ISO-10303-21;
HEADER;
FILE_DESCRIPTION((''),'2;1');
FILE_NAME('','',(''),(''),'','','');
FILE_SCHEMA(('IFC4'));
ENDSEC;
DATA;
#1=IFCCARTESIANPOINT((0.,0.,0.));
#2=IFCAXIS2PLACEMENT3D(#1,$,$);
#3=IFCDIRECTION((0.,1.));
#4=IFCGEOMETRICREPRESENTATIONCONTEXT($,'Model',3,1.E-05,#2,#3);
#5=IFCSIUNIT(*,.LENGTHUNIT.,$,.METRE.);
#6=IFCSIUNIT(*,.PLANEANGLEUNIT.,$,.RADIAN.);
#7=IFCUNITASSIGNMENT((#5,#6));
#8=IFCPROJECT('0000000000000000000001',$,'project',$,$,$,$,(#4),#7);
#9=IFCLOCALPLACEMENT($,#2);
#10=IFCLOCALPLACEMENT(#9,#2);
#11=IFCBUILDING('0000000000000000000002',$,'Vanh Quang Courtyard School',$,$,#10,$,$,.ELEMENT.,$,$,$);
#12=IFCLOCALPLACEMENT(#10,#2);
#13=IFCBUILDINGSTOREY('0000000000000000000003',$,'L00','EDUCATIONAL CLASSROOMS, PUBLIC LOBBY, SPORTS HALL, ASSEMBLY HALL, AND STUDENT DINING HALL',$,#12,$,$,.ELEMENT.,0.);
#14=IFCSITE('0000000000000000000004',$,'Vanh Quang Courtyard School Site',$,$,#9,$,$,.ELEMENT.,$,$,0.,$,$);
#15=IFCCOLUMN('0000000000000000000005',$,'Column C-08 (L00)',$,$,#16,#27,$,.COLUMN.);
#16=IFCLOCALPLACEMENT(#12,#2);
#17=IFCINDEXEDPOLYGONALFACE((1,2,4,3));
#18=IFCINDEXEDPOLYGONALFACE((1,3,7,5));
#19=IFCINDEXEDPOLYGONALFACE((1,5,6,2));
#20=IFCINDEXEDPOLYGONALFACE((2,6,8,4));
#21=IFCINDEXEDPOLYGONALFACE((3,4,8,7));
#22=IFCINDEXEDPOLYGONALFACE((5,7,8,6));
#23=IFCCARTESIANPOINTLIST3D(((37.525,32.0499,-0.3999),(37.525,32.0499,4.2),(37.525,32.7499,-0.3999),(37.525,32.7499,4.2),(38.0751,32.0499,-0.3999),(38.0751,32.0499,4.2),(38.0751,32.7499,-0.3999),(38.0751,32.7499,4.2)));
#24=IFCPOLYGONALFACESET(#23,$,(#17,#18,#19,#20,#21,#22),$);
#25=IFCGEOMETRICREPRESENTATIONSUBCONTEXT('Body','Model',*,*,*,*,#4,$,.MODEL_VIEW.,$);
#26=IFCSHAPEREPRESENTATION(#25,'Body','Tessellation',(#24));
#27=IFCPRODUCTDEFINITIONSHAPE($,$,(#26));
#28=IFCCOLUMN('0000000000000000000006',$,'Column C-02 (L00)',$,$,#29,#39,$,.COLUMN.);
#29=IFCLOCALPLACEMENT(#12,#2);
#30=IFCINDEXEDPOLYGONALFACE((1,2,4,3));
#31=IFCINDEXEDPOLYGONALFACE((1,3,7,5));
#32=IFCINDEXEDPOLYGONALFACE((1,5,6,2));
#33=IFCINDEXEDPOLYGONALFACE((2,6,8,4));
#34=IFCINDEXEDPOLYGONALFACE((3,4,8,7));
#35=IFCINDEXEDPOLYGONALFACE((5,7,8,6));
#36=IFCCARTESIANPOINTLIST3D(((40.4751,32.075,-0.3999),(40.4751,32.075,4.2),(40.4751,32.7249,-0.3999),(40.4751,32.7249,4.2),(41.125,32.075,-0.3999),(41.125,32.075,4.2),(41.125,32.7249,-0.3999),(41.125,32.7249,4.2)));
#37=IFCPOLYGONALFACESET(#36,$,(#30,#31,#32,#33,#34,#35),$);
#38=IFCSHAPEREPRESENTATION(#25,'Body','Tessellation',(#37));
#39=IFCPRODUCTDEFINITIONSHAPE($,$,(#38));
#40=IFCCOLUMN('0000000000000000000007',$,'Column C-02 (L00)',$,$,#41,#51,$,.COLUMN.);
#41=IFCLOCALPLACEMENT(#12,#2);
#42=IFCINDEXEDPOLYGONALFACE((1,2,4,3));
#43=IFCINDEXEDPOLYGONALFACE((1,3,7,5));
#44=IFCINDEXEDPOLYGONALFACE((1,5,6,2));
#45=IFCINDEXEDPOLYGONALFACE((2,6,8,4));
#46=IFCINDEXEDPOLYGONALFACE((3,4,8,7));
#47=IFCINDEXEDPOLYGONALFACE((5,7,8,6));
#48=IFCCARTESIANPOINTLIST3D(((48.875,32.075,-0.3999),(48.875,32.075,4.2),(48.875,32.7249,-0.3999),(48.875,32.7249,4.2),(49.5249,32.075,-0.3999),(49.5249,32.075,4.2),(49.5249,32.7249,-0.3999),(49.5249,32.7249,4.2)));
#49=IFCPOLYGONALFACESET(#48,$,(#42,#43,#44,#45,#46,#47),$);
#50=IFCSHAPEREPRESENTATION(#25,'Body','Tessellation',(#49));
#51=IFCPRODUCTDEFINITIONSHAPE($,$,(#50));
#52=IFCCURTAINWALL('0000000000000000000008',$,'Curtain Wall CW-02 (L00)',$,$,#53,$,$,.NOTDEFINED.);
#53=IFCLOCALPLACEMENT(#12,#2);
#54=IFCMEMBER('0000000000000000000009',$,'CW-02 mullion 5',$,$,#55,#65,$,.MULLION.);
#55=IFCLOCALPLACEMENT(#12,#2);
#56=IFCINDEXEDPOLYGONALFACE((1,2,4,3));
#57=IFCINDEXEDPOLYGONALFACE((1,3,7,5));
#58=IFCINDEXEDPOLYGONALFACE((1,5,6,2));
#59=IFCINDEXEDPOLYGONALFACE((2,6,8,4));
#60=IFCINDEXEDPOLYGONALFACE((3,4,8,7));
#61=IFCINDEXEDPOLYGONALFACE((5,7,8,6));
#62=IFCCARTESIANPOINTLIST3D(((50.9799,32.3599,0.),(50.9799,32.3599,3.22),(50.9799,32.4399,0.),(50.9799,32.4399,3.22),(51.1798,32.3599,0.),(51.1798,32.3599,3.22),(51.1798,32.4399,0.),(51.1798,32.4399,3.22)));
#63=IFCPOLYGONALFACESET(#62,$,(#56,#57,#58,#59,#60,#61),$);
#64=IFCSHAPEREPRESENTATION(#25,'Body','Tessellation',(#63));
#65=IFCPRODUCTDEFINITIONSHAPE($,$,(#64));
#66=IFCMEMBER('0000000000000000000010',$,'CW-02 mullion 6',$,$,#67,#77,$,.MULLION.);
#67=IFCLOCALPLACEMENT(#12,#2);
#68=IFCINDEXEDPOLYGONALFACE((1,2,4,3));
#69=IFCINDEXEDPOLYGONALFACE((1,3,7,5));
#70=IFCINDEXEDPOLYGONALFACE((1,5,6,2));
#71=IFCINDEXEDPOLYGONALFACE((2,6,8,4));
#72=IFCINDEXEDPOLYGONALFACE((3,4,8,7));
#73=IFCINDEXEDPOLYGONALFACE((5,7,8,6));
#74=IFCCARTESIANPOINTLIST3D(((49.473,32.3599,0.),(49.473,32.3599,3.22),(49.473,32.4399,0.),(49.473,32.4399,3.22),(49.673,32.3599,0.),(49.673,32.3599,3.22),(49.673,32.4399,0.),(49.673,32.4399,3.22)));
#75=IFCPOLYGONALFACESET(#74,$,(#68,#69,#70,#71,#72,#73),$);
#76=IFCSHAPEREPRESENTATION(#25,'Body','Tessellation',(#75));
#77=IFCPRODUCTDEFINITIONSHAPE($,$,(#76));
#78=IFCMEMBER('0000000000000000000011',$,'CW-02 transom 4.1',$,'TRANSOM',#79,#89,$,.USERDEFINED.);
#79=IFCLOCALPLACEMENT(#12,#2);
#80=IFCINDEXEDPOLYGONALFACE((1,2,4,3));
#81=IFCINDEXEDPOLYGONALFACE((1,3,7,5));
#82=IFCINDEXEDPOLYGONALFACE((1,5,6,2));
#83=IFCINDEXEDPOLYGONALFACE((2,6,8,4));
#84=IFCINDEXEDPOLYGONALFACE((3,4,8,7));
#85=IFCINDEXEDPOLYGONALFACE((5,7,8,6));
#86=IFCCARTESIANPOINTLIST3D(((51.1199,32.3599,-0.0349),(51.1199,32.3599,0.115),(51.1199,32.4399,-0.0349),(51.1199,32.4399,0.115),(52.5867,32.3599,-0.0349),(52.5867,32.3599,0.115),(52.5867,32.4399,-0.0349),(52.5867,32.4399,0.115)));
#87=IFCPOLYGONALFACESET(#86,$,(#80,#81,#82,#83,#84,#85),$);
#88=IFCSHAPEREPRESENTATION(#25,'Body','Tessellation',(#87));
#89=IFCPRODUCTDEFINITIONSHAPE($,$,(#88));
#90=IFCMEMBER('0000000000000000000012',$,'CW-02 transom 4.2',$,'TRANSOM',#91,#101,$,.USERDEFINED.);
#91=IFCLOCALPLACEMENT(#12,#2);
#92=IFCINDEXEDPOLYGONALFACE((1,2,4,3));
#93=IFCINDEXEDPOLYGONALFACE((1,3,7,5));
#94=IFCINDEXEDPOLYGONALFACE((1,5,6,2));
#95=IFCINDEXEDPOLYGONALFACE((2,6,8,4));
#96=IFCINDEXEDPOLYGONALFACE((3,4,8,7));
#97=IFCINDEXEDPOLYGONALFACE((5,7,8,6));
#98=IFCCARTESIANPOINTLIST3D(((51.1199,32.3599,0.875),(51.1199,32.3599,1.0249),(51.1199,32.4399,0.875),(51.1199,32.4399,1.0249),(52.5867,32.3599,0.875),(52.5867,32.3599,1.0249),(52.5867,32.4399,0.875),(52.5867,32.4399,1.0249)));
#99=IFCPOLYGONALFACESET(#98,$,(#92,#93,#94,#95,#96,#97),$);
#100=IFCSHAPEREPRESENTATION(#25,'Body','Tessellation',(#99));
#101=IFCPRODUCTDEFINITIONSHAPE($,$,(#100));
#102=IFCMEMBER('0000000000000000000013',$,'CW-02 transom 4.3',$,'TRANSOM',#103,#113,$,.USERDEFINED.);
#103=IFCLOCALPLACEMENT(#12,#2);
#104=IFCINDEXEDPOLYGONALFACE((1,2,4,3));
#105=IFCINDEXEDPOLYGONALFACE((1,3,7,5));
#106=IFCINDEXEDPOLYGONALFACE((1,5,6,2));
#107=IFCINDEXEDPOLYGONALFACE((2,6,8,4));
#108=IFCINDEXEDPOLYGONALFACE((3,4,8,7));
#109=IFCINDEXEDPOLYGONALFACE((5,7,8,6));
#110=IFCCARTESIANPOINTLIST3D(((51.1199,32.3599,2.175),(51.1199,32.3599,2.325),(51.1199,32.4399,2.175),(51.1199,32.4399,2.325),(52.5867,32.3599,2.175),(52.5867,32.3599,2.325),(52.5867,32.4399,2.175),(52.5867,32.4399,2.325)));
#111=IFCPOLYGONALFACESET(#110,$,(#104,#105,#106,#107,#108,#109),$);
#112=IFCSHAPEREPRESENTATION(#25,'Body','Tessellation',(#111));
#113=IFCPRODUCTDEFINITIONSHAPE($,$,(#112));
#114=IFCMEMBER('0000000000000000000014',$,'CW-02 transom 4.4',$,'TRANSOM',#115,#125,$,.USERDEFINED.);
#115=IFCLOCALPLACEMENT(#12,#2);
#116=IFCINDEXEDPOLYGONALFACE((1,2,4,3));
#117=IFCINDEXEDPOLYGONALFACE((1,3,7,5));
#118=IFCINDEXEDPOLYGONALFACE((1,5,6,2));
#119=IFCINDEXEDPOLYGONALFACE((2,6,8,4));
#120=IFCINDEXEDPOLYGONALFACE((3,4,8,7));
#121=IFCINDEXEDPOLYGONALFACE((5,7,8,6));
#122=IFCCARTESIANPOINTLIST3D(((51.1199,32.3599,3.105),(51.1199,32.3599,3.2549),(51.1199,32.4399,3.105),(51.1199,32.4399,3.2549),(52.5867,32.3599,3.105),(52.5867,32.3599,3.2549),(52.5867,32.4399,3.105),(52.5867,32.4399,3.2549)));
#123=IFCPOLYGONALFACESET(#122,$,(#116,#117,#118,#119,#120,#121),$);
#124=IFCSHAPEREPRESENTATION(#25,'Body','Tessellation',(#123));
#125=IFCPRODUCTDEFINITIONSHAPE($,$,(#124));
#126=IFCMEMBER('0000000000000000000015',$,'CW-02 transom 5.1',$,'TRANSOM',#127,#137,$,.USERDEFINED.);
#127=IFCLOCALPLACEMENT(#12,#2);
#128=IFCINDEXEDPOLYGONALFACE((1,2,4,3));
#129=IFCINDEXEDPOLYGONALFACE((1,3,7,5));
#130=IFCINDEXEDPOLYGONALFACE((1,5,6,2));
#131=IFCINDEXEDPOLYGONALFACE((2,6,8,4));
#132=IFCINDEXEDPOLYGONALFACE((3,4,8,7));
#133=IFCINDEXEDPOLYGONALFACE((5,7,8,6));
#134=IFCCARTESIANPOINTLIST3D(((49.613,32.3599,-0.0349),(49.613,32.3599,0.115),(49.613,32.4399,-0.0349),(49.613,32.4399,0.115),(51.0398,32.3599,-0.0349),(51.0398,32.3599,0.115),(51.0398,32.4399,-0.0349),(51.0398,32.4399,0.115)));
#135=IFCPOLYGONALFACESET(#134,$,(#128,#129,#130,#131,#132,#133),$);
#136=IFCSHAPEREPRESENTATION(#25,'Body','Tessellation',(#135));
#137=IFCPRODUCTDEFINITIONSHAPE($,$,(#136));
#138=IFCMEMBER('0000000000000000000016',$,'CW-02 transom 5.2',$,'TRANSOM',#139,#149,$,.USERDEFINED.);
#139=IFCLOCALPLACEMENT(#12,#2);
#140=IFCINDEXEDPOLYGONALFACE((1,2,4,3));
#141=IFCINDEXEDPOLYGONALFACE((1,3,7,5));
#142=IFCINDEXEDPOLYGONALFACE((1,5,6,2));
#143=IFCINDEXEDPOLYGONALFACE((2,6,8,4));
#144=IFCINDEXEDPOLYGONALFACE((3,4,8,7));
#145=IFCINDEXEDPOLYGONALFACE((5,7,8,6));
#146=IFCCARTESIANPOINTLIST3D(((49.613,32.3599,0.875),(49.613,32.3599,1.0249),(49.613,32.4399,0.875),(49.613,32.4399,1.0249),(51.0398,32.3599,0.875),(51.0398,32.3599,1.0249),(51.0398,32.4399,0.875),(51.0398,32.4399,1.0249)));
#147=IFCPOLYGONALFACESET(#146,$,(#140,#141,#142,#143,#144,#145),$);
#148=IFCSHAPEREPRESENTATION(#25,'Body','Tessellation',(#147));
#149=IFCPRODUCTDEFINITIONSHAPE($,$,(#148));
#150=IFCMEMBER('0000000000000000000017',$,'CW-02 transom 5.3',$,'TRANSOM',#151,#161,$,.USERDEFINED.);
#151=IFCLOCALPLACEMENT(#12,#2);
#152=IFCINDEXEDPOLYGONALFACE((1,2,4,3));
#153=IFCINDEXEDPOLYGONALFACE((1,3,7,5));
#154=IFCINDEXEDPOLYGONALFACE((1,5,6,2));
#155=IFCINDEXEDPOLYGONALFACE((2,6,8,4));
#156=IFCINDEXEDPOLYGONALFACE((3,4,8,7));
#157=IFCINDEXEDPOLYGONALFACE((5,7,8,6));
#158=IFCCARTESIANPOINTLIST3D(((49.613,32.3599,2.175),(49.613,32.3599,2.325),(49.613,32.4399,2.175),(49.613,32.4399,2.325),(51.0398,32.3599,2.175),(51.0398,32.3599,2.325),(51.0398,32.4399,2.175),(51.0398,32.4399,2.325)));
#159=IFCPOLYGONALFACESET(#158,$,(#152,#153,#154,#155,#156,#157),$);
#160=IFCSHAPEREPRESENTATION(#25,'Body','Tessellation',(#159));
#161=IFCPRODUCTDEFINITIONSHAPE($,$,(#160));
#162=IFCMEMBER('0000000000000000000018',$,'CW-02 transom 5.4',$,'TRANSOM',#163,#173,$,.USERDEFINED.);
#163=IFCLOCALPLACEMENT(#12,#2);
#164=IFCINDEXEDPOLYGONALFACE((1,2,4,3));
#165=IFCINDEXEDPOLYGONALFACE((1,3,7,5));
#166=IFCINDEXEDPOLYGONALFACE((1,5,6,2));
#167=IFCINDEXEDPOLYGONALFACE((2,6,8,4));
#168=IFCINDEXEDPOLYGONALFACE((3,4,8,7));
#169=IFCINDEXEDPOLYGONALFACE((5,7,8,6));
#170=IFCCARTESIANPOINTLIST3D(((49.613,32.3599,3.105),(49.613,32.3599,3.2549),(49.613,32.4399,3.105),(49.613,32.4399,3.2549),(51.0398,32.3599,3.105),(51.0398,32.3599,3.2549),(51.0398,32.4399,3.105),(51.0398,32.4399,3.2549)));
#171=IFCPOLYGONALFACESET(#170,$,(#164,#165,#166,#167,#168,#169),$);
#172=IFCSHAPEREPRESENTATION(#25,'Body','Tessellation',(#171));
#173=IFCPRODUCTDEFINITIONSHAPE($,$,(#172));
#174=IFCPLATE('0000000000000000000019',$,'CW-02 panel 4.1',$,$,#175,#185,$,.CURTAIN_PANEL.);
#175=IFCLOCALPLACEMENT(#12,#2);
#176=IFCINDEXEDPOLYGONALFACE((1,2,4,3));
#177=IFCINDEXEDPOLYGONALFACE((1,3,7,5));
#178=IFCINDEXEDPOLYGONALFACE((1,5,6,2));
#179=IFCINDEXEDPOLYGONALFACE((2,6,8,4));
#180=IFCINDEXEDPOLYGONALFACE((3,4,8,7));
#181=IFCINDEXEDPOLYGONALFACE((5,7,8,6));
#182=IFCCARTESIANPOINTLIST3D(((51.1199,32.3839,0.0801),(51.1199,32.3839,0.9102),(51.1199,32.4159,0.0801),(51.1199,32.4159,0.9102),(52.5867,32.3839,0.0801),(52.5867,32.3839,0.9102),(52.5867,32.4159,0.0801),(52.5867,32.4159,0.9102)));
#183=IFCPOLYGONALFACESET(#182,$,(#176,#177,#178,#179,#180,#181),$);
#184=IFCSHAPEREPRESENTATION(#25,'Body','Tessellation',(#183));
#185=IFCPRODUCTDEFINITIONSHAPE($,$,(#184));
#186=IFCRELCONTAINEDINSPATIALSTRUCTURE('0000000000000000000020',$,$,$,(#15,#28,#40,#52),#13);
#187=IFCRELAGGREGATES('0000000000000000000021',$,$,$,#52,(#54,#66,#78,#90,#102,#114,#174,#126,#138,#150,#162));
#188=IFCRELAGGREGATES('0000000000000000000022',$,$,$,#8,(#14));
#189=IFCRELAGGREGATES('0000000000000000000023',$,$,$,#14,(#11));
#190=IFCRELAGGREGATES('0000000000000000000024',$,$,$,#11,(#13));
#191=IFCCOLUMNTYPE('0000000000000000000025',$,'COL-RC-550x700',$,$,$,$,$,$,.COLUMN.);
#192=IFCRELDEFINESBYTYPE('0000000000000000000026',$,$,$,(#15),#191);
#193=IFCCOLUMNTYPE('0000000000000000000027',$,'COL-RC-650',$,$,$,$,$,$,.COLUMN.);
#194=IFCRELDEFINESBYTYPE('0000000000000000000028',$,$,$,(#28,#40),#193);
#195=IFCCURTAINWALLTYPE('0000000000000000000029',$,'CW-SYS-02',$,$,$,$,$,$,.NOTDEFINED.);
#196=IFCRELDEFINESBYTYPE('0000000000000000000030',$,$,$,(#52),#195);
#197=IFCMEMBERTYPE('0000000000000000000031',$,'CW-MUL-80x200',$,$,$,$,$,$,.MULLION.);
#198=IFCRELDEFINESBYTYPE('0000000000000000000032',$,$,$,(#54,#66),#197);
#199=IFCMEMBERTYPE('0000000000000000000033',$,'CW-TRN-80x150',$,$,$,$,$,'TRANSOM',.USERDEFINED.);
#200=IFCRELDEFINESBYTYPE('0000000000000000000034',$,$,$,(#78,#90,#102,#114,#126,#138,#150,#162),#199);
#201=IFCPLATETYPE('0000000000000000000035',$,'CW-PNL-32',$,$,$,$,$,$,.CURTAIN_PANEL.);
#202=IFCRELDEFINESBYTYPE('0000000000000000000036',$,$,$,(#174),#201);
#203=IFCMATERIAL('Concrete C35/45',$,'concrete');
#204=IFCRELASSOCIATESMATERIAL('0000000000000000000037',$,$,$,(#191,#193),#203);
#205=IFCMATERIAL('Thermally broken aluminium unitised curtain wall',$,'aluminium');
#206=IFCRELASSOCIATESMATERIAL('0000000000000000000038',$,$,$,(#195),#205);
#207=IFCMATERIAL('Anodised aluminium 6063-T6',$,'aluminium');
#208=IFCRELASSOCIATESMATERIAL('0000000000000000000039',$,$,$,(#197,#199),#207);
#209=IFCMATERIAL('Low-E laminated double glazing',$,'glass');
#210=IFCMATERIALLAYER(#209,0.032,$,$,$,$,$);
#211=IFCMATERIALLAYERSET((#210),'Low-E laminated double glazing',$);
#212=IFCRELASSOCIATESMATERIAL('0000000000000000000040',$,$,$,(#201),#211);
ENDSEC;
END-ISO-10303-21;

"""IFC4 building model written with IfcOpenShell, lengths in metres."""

from ifc_helpers import new_model, si_unit, direction, frame, origin, origin_2d, place, context, subcontext, project, spatial, rectangle, extrude, material, layer, layer_set, material_profile, profile_set, type_object, element, aggregate, save


model = new_model("IFC4")

# Units and contexts
model_context = context("Model", 3, precision=1e-05, world=origin(), true_north=direction((0.0, 1.0)))
body_context = subcontext(model_context, "Body", "Model", "MODEL_VIEW")
ifc_project = project(units=[si_unit("LENGTHUNIT", "METRE"), si_unit("PLANEANGLEUNIT", "RADIAN")], contexts=[model_context])

# Site, building, storey
site_placement = place(None, origin())
site = spatial("IfcSite", under=ifc_project, at=site_placement, Name="Vanh Quang Courtyard School Site", CompositionType="ELEMENT", RefElevation=0.0)
building_placement = place(site_placement, origin())
building = spatial("IfcBuilding", under=site, at=building_placement, Name="Vanh Quang Courtyard School", CompositionType="ELEMENT")
storey_placement = place(building_placement, origin())
storey = spatial("IfcBuildingStorey", under=building, at=storey_placement, Name="L00", Description="EDUCATIONAL CLASSROOMS, PUBLIC LOBBY, SPORTS HALL, ASSEMBLY HALL, AND STUDENT DINING HALL", CompositionType="ELEMENT", Elevation=0.0)

# Shared definitions
ifc_material_1 = material(Name="Concrete C35/45", Category="concrete")

# Columns
ifc_material_profile_1 = material_profile(ifc_material_1, rectangle(XDim=0.55, YDim=0.7, at=origin_2d()), Name="RC-COL 550x700")
ifc_profile_set_1 = profile_set([ifc_material_profile_1], Name="Concrete C35/45")
column_type_1 = type_object("IfcColumnType", Name="COL-RC-550x700", PredefinedType="COLUMN", material=ifc_profile_set_1)
column_placement = place(storey_placement, frame((37.8, 32.3999, -0.3999), z_axis=(0.0, 0.0, 1.0), x_axis=(1.0, 0.0, 0.0)))
element("IfcColumn", 1, at=column_placement, inside=storey, type_object=column_type_1, Name="Column C-08 (L00)", PredefinedType="COLUMN", context=body_context, shape_type="SweptSolid", body=[
    extrude(rectangle(XDim=0.55, YDim=0.7, at=origin_2d()), origin(), (0.0, 0.0, 1.0), 4.5999),
])
ifc_material_profile_2 = material_profile(ifc_material_1, rectangle(XDim=0.6499, YDim=0.6499, at=origin_2d()), Name="RC-COL 650x650")
ifc_profile_set_2 = profile_set([ifc_material_profile_2], Name="Concrete C35/45")
column_type_2 = type_object("IfcColumnType", Name="COL-RC-650", PredefinedType="COLUMN", material=ifc_profile_set_2)
for number, where, z_axis, x_axis, name in (
    (2, (40.8, 32.3999, -0.3999), (0.0, 0.0, 1.0), (1.0, 0.0, 0.0), "Column C-02 (L00)"),
    (3, (49.2, 32.3999, -0.3999), (0.0, 0.0, 1.0), (1.0, 0.0, 0.0), "Column C-02 (L00)"),
):
    element("IfcColumn", number, at=place(storey_placement, frame(where, z_axis=z_axis, x_axis=x_axis)), inside=storey, type_object=column_type_2, Name=name, PredefinedType="COLUMN", context=body_context, shape_type="SweptSolid", body=[
        extrude(rectangle(XDim=0.6499, YDim=0.6499, at=origin_2d()), origin(), (0.0, 0.0, 1.0), 4.5999),
    ])

# Curtain wall, members, plate
ifc_material_2 = material(Name="Thermally broken aluminium unitised curtain wall", Category="aluminium")
curtain_wall_type = type_object("IfcCurtainWallType", Name="CW-SYS-02", PredefinedType="NOTDEFINED", material=ifc_material_2)
curtain_wall_placement = place(storey_placement, origin())
curtain_wall = element("IfcCurtainWall", 4, at=curtain_wall_placement, inside=storey, type_object=curtain_wall_type, Name="Curtain Wall CW-02 (L00)", PredefinedType="NOTDEFINED")
ifc_material_3 = material(Name="Anodised aluminium 6063-T6", Category="aluminium")
ifc_material_profile_3 = material_profile(ifc_material_3, rectangle(XDim=0.0801, YDim=0.2, at=origin_2d()), Name="ALU-MUL 80x200")
ifc_profile_set_3 = profile_set([ifc_material_profile_3], Name="Anodised aluminium 6063-T6")
member_type_1 = type_object("IfcMemberType", Name="CW-MUL-80x200", PredefinedType="MULLION", material=ifc_profile_set_3)
member_1_placement = place(storey_placement, frame((51.0798, 32.3999, 0.0), z_axis=(0.0, 0.0, 1.0), x_axis=(0.0, -1.0, 0.0)))
member_1 = element("IfcMember", 5, at=member_1_placement, type_object=member_type_1, Name="CW-02 mullion 5", PredefinedType="MULLION", context=body_context, shape_type="SweptSolid", body=[
    extrude(rectangle(XDim=0.0801, YDim=0.2, at=origin_2d()), origin(), (0.0, 0.0, 1.0), 3.22),
])
member_2_placement = place(storey_placement, frame((49.573, 32.3999, 0.0), z_axis=(0.0, 0.0, 1.0), x_axis=(0.0, -1.0, 0.0)))
member_2 = element("IfcMember", 6, at=member_2_placement, type_object=member_type_1, Name="CW-02 mullion 6", PredefinedType="MULLION", context=body_context, shape_type="SweptSolid", body=[
    extrude(rectangle(XDim=0.0801, YDim=0.2, at=origin_2d()), origin(), (0.0, 0.0, 1.0), 3.22),
])
ifc_material_profile_4 = material_profile(ifc_material_3, rectangle(XDim=0.0801, YDim=0.1499, at=origin_2d()), Name="ALU-TRN 80x150")
ifc_profile_set_4 = profile_set([ifc_material_profile_4], Name="Anodised aluminium 6063-T6")
member_type_2 = type_object("IfcMemberType", Name="CW-TRN-80x150", ElementType="TRANSOM", PredefinedType="USERDEFINED", material=ifc_profile_set_4)
member_3_placement = place(storey_placement, frame((52.5867, 32.3999, 0.04), z_axis=(-1.0, 0.0, 0.0), x_axis=(0.0, -1.0, 0.0)))
member_3 = element("IfcMember", 7, at=member_3_placement, type_object=member_type_2, Name="CW-02 transom 4.1", ObjectType="TRANSOM", PredefinedType="USERDEFINED", context=body_context, shape_type="SweptSolid", body=[
    extrude(rectangle(XDim=0.0801, YDim=0.1499, at=origin_2d()), origin(), (0.0, 0.0, 1.0), 1.4668),
])
member_4_placement = place(storey_placement, frame((52.5867, 32.3999, 0.95), z_axis=(-1.0, 0.0, 0.0), x_axis=(0.0, -1.0, 0.0)))
member_4 = element("IfcMember", 8, at=member_4_placement, type_object=member_type_2, Name="CW-02 transom 4.2", ObjectType="TRANSOM", PredefinedType="USERDEFINED", context=body_context, shape_type="SweptSolid", body=[
    extrude(rectangle(XDim=0.0801, YDim=0.1499, at=origin_2d()), origin(), (0.0, 0.0, 1.0), 1.4668),
])
member_5_placement = place(storey_placement, frame((52.5867, 32.3999, 2.25), z_axis=(-1.0, 0.0, 0.0), x_axis=(0.0, -1.0, 0.0)))
member_5 = element("IfcMember", 9, at=member_5_placement, type_object=member_type_2, Name="CW-02 transom 4.3", ObjectType="TRANSOM", PredefinedType="USERDEFINED", context=body_context, shape_type="SweptSolid", body=[
    extrude(rectangle(XDim=0.0801, YDim=0.1499, at=origin_2d()), origin(), (0.0, 0.0, 1.0), 1.4668),
])
member_6_placement = place(storey_placement, frame((52.5867, 32.3999, 3.1799), z_axis=(-1.0, 0.0, 0.0), x_axis=(0.0, -1.0, 0.0)))
member_6 = element("IfcMember", 10, at=member_6_placement, type_object=member_type_2, Name="CW-02 transom 4.4", ObjectType="TRANSOM", PredefinedType="USERDEFINED", context=body_context, shape_type="SweptSolid", body=[
    extrude(rectangle(XDim=0.0801, YDim=0.1499, at=origin_2d()), origin(), (0.0, 0.0, 1.0), 1.4668),
])
member_7_placement = place(storey_placement, frame((51.0398, 32.3999, 0.04), z_axis=(-1.0, 0.0, 0.0), x_axis=(0.0, -1.0, 0.0)))
member_7 = element("IfcMember", 11, at=member_7_placement, type_object=member_type_2, Name="CW-02 transom 5.1", ObjectType="TRANSOM", PredefinedType="USERDEFINED", context=body_context, shape_type="SweptSolid", body=[
    extrude(rectangle(XDim=0.0801, YDim=0.1499, at=origin_2d()), origin(), (0.0, 0.0, 1.0), 1.4268),
])
member_8_placement = place(storey_placement, frame((51.0398, 32.3999, 0.95), z_axis=(-1.0, 0.0, 0.0), x_axis=(0.0, -1.0, 0.0)))
member_8 = element("IfcMember", 12, at=member_8_placement, type_object=member_type_2, Name="CW-02 transom 5.2", ObjectType="TRANSOM", PredefinedType="USERDEFINED", context=body_context, shape_type="SweptSolid", body=[
    extrude(rectangle(XDim=0.0801, YDim=0.1499, at=origin_2d()), origin(), (0.0, 0.0, 1.0), 1.4268),
])
member_9_placement = place(storey_placement, frame((51.0398, 32.3999, 2.25), z_axis=(-1.0, 0.0, 0.0), x_axis=(0.0, -1.0, 0.0)))
member_9 = element("IfcMember", 13, at=member_9_placement, type_object=member_type_2, Name="CW-02 transom 5.3", ObjectType="TRANSOM", PredefinedType="USERDEFINED", context=body_context, shape_type="SweptSolid", body=[
    extrude(rectangle(XDim=0.0801, YDim=0.1499, at=origin_2d()), origin(), (0.0, 0.0, 1.0), 1.4268),
])
member_10_placement = place(storey_placement, frame((51.0398, 32.3999, 3.1799), z_axis=(-1.0, 0.0, 0.0), x_axis=(0.0, -1.0, 0.0)))
member_10 = element("IfcMember", 14, at=member_10_placement, type_object=member_type_2, Name="CW-02 transom 5.4", ObjectType="TRANSOM", PredefinedType="USERDEFINED", context=body_context, shape_type="SweptSolid", body=[
    extrude(rectangle(XDim=0.0801, YDim=0.1499, at=origin_2d()), origin(), (0.0, 0.0, 1.0), 1.4268),
])
ifc_material_4 = material(Name="Low-E laminated double glazing", Category="glass")
ifc_layer_1 = layer(ifc_material_4, 0.032)
ifc_layer_set_1 = layer_set([ifc_layer_1], Name="Low-E laminated double glazing")
plate_type = type_object("IfcPlateType", Name="CW-PNL-32", PredefinedType="CURTAIN_PANEL", material=ifc_layer_set_1)
plate_1_placement = place(storey_placement, frame((51.8533, 32.3999, 0.0801), z_axis=(0.0, 0.0, 1.0), x_axis=(-1.0, 0.0, 0.0)))
plate_1 = element("IfcPlate", 15, at=plate_1_placement, type_object=plate_type, Name="CW-02 panel 4.1", PredefinedType="CURTAIN_PANEL", context=body_context, shape_type="SweptSolid", body=[
    extrude(rectangle(XDim=1.4668, YDim=0.032, at=origin_2d()), origin(), (0.0, 0.0, 1.0), 0.8301),
])
aggregate(curtain_wall, [member_1, member_2, member_3, member_4, member_5, member_6, plate_1, member_7, member_8, member_9, member_10])

save(model, "model.ifc")
